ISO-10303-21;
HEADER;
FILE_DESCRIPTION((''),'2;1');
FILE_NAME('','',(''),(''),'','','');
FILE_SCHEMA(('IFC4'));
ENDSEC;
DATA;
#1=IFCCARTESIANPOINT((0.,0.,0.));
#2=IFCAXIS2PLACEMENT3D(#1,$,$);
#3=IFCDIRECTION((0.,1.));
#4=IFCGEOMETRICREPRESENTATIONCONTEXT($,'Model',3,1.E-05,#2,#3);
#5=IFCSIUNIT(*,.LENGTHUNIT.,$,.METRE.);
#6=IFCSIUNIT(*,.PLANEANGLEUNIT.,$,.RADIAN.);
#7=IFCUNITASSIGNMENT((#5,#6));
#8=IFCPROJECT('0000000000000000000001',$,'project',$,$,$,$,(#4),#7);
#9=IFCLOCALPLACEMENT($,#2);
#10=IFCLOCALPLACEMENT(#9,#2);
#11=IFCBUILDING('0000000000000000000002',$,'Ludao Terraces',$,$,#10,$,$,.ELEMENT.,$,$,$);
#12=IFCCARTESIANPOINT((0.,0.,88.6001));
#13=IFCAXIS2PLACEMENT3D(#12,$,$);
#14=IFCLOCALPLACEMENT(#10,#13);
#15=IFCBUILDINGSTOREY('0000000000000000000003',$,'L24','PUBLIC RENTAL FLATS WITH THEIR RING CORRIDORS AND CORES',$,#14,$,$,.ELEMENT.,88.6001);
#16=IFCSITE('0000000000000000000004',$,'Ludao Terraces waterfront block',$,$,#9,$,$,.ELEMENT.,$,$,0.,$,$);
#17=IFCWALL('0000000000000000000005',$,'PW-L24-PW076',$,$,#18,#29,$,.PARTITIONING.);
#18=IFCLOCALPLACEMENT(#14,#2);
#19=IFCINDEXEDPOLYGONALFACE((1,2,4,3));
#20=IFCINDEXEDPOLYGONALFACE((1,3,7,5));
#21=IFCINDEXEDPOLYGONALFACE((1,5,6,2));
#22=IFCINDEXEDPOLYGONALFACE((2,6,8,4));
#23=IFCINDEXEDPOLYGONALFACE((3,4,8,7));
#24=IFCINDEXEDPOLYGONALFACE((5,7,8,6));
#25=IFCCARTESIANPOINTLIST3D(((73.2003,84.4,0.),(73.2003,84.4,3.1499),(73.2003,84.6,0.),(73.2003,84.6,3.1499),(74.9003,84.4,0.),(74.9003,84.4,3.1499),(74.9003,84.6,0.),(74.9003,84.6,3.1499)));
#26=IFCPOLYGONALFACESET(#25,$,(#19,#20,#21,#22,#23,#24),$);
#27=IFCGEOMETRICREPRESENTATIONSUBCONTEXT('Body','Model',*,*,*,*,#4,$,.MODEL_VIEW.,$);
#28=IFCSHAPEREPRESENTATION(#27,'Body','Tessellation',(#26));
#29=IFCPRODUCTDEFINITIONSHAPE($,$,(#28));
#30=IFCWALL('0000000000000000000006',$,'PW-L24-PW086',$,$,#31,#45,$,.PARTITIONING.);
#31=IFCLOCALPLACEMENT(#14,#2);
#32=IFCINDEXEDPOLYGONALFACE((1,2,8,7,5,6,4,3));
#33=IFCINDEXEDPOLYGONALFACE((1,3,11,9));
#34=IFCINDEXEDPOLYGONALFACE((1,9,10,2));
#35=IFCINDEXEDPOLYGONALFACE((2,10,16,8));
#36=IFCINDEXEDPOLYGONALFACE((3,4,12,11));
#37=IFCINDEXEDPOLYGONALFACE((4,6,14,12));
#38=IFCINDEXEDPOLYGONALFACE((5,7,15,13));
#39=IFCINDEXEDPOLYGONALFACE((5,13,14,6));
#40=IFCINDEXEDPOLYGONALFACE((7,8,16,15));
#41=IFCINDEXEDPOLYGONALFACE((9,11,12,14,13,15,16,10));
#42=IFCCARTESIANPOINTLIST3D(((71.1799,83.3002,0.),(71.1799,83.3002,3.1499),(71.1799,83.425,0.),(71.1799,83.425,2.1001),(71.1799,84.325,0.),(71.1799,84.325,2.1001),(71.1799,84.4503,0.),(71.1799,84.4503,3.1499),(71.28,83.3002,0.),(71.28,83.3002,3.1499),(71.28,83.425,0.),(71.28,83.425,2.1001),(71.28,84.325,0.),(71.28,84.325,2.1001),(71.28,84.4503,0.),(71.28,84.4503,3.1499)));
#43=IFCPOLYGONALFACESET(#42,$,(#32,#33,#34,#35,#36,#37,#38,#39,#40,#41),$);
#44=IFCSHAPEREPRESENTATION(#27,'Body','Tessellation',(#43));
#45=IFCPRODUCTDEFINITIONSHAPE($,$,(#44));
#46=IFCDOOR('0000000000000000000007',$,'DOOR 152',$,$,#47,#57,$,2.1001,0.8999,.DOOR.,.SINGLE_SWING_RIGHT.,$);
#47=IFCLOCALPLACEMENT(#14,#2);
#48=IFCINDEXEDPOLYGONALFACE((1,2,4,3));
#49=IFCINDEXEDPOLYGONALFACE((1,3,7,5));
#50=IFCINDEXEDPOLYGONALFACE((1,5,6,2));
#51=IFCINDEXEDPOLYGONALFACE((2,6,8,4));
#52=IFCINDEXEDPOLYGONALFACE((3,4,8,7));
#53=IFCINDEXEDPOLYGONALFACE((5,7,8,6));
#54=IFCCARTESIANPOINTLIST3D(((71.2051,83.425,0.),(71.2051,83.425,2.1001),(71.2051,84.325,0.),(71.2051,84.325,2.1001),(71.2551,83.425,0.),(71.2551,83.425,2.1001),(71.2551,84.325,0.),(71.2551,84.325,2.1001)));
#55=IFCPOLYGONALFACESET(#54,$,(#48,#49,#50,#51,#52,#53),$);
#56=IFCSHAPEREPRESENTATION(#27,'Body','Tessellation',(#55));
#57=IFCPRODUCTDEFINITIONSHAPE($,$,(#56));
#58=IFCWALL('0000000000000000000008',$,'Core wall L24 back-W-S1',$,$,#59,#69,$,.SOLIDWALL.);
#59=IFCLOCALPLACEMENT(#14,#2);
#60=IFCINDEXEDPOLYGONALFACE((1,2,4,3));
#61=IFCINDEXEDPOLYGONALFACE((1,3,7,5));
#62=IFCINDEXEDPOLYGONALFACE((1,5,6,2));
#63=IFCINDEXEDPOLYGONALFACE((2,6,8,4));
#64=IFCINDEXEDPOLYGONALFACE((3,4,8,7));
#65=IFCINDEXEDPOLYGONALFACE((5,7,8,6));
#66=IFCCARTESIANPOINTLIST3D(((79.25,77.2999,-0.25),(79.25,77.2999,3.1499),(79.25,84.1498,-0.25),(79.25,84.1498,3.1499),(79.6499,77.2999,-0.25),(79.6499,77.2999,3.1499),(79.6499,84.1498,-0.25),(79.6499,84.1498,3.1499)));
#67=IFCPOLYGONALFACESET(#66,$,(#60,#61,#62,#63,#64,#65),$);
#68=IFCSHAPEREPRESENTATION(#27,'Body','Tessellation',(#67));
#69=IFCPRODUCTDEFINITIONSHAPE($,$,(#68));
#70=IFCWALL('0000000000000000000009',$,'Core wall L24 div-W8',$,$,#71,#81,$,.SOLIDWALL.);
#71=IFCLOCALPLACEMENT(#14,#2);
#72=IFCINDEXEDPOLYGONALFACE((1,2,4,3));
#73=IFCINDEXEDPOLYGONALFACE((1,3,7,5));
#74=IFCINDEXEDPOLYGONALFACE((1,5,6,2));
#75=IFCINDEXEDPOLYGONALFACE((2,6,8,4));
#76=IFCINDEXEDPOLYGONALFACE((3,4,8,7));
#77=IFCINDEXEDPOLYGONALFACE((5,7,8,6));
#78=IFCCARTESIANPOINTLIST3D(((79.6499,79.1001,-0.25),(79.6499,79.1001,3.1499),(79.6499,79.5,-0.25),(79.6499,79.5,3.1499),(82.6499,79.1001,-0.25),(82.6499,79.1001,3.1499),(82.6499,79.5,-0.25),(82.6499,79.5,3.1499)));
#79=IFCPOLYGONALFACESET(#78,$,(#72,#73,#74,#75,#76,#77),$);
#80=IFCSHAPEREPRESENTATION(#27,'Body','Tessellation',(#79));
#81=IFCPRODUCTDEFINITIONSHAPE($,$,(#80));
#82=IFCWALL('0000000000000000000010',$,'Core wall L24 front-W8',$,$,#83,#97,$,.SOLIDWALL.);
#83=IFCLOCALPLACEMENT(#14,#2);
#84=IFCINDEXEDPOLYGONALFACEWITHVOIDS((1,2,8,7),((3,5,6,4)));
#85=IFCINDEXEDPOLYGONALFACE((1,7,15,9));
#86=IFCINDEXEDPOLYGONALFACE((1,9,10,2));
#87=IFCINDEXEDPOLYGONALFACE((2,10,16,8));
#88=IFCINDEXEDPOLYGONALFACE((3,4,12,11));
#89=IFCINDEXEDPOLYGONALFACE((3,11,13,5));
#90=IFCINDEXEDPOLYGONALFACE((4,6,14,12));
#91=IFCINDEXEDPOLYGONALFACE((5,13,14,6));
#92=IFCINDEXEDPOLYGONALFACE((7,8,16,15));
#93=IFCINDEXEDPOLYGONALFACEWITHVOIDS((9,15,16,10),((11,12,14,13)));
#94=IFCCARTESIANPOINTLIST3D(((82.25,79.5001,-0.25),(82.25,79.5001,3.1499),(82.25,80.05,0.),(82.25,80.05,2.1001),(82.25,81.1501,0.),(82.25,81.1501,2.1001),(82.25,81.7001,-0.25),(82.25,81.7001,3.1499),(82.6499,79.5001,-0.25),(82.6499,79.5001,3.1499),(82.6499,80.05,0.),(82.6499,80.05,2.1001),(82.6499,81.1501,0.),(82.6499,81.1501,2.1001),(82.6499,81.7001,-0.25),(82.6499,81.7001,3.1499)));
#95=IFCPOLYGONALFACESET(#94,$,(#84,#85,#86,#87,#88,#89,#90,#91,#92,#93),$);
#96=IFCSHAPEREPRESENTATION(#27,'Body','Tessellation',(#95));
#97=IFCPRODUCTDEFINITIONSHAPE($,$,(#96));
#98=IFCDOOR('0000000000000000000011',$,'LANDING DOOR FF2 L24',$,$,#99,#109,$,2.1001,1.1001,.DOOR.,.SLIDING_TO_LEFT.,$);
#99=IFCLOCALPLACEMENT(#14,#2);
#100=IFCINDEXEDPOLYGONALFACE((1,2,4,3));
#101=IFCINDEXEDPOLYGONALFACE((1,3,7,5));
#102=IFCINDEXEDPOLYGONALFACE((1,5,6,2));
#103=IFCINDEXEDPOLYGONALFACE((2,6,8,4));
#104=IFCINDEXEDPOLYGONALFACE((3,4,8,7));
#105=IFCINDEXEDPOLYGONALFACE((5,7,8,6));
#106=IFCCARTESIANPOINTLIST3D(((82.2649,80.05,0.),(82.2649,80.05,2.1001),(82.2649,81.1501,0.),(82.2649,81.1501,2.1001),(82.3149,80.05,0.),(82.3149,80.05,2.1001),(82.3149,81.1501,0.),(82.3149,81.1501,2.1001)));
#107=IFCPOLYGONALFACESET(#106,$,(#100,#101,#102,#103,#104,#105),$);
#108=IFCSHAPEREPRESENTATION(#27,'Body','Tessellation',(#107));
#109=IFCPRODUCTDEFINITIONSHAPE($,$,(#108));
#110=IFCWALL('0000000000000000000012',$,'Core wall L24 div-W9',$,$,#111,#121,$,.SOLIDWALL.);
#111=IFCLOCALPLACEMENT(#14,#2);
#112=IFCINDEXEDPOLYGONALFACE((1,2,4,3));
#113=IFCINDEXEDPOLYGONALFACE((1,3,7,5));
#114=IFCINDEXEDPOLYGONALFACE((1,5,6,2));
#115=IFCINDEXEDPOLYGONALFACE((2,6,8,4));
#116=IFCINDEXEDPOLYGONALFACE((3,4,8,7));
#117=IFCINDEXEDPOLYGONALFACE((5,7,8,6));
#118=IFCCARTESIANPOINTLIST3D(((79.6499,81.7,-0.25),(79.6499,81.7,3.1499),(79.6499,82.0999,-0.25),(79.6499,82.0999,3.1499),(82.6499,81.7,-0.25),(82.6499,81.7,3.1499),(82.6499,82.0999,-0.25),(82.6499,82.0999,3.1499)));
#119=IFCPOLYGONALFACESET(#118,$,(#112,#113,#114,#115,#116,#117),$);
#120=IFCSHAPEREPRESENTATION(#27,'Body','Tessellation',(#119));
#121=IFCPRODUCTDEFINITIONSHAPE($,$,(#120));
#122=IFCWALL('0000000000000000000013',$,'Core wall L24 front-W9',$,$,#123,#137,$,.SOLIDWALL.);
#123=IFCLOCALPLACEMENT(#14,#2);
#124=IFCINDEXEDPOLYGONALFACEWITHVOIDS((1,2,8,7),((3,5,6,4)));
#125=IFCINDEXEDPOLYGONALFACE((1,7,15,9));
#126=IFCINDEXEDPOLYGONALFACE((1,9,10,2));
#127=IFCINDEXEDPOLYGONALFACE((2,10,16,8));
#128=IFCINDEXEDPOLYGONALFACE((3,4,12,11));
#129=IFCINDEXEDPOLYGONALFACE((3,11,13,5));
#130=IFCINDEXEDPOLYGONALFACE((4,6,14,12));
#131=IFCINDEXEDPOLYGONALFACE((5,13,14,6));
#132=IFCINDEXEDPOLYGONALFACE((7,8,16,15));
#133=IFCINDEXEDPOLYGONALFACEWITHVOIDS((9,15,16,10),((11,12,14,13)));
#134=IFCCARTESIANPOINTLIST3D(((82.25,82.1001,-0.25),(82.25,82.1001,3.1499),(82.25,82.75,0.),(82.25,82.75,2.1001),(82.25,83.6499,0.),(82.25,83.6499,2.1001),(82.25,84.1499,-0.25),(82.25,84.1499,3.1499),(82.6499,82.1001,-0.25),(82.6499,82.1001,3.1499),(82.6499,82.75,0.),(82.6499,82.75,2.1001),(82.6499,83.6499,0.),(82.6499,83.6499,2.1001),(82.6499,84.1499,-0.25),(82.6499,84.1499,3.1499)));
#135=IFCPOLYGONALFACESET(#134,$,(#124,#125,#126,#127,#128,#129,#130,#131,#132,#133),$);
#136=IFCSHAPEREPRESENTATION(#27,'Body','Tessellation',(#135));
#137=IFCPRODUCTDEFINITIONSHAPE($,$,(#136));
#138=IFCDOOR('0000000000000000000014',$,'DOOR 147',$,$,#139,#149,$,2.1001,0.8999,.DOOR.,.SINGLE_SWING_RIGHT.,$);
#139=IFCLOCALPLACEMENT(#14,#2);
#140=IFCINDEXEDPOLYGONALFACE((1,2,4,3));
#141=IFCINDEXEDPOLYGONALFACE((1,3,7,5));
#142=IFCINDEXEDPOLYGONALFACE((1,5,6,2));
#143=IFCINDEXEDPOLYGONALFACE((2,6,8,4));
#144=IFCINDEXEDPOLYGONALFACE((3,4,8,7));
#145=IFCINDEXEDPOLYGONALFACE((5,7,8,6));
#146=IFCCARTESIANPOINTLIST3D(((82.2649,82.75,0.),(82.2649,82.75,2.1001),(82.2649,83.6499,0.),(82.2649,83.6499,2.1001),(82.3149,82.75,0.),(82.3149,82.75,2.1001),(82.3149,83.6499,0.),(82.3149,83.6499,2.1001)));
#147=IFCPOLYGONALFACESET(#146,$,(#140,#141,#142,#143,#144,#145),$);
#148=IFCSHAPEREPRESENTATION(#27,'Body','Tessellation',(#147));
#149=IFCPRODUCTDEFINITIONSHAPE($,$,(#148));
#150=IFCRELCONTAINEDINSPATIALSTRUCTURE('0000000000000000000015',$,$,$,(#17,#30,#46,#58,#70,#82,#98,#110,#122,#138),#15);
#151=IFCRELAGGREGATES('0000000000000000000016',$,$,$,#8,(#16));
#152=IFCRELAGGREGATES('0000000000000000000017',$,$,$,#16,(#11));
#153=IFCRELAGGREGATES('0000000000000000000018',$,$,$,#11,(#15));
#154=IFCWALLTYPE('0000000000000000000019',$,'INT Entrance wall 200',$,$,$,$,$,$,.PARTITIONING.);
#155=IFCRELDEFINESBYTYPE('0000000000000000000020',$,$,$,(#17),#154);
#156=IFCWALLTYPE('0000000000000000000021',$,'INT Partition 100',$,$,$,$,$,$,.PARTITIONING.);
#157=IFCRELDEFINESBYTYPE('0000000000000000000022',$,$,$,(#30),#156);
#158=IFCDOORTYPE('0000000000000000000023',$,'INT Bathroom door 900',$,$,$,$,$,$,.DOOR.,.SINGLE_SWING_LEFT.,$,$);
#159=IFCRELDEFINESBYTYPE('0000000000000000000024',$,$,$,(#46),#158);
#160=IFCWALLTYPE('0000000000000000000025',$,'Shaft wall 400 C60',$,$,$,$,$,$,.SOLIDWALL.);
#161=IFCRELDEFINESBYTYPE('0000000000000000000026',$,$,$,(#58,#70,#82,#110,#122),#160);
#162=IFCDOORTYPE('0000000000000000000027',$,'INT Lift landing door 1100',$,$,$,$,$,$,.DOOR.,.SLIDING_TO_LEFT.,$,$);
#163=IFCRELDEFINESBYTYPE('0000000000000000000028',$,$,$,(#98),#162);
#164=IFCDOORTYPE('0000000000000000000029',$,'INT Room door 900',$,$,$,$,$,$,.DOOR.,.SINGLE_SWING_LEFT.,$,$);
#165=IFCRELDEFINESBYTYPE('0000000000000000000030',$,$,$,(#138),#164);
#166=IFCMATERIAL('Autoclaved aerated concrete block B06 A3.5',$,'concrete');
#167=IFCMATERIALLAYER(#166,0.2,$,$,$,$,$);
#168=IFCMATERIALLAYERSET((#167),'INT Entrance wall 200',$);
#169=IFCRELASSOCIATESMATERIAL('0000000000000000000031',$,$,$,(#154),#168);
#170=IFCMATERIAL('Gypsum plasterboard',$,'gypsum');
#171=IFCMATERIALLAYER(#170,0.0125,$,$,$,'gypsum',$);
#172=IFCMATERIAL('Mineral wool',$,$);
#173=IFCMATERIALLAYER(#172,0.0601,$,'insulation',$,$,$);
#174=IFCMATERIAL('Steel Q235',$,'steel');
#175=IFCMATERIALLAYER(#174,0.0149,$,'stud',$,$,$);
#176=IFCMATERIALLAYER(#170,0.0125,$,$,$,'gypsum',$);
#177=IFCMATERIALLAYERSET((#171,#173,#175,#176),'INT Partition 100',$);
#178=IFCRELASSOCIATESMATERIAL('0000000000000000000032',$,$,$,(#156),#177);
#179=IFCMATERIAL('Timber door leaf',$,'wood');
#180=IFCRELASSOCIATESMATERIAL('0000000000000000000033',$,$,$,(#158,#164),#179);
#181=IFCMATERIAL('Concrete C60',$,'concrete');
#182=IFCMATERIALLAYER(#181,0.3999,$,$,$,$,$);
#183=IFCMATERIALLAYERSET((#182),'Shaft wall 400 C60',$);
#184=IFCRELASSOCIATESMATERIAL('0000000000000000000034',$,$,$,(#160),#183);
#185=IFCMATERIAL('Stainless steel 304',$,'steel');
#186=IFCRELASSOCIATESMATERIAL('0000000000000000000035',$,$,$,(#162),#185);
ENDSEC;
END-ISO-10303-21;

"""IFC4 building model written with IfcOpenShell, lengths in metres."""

from ifc_helpers import new_model, si_unit, direction, frame, frame_2d, origin, place, context, subcontext, project, spatial, rectangle, extrude, material, layer, layer_set, type_object, element, fill, save


model = new_model("IFC4")

# Units and contexts
model_context = context("Model", 3, precision=1e-05, world=origin(), true_north=direction((0.0, 1.0)))
body_context = subcontext(model_context, "Body", "Model", "MODEL_VIEW")
ifc_project = project(units=[si_unit("LENGTHUNIT", "METRE"), si_unit("PLANEANGLEUNIT", "RADIAN")], contexts=[model_context])

# Site, building, storey
site_placement = place(None, origin())
site = spatial("IfcSite", under=ifc_project, at=site_placement, Name="Ludao Terraces waterfront block", CompositionType="ELEMENT", RefElevation=0.0)
building_placement = place(site_placement, origin())
building = spatial("IfcBuilding", under=site, at=building_placement, Name="Ludao Terraces", CompositionType="ELEMENT")
storey_placement = place(building_placement, frame((0.0, 0.0, 88.6001)))
storey = spatial("IfcBuildingStorey", under=building, at=storey_placement, Name="L24", Description="PUBLIC RENTAL FLATS WITH THEIR RING CORRIDORS AND CORES", CompositionType="ELEMENT", Elevation=88.6001)

# Wall
ifc_material_1 = material(Name="Autoclaved aerated concrete block B06 A3.5", Category="concrete")
ifc_layer_1 = layer(ifc_material_1, 0.2)
ifc_layer_set_1 = layer_set([ifc_layer_1], Name="INT Entrance wall 200")
wall_type_1 = type_object("IfcWallType", Name="INT Entrance wall 200", PredefinedType="PARTITIONING", material=ifc_layer_set_1)
wall_1_placement = place(storey_placement, frame((73.2002, 84.5, 0.0), z_axis=(0.0, 0.0, 1.0), x_axis=(1.0, 0.0, 0.0)))
element("IfcWall", 1, at=wall_1_placement, inside=storey, type_object=wall_type_1, Name="PW-L24-PW076", PredefinedType="PARTITIONING", context=body_context, shape_type="SweptSolid", body=[
    extrude(rectangle(XDim=1.7, YDim=0.2, at=frame_2d((0.8501, 0.0))), origin(), (0.0, 0.0, 1.0), 3.1499),
])

# Wall, opening, door
ifc_material_2 = material(Name="Gypsum plasterboard", Category="gypsum")
ifc_layer_2 = layer(ifc_material_2, 0.0125, Category="gypsum")
ifc_material_3 = material(Name="Mineral wool")
ifc_layer_3 = layer(ifc_material_3, 0.0601, Name="insulation")
ifc_material_4 = material(Name="Steel Q235", Category="steel")
ifc_layer_4 = layer(ifc_material_4, 0.0149, Name="stud")
ifc_layer_5 = layer(ifc_material_2, 0.0125, Category="gypsum")
ifc_layer_set_2 = layer_set([ifc_layer_2, ifc_layer_3, ifc_layer_4, ifc_layer_5], Name="INT Partition 100")
wall_type_2 = type_object("IfcWallType", Name="INT Partition 100", PredefinedType="PARTITIONING", material=ifc_layer_set_2)
wall_2_placement = place(storey_placement, frame((71.23, 83.3, 0.0), z_axis=(0.0, 0.0, 1.0), x_axis=(0.0, 1.0, 0.0)))
wall_2 = element("IfcWall", 2, at=wall_2_placement, inside=storey, type_object=wall_type_2, Name="PW-L24-PW086", PredefinedType="PARTITIONING", context=body_context, shape_type="SweptSolid", body=[
    extrude(rectangle(XDim=1.1501, YDim=0.1001, at=frame_2d((0.5752, 0.0))), origin(), (0.0, 0.0, 1.0), 3.1499),
])
opening_1_placement = place(wall_2_placement, frame((0.125, 0.0, 0.0)))
opening_1 = element("IfcOpeningElement", 3, at=opening_1_placement, cuts=wall_2, PredefinedType="OPENING", context=body_context, shape_type="SweptSolid", body=[
    extrude(rectangle(XDim=0.8999, YDim=2.1001, at=frame_2d((0.45, 1.05))), frame((0.0, 0.0601, 0.0), z_axis=(0.0, -1.0, 0.0), x_axis=(1.0, 0.0, 0.0)), (0.0, 0.0, 1.0), 0.1201),
])
ifc_material_5 = material(Name="Timber door leaf", Category="wood")
door_type_1 = type_object("IfcDoorType", Name="INT Bathroom door 900", OperationType="SINGLE_SWING_LEFT", PredefinedType="DOOR", material=ifc_material_5)
door_1_placement = place(opening_1_placement, origin())
door_1 = element("IfcDoor", 4, at=door_1_placement, inside=storey, type_object=door_type_1, Name="DOOR 152", OperationType="SINGLE_SWING_RIGHT", OverallHeight=2.1001, OverallWidth=0.8999, PredefinedType="DOOR", context=body_context, shape_type="SweptSolid", body=[
    extrude(rectangle(XDim=0.8999, YDim=2.1001, at=frame_2d((0.45, 1.05))), frame((0.0, 0.0249, 0.0), z_axis=(0.0, -1.0, 0.0), x_axis=(1.0, 0.0, 0.0)), (0.0, 0.0, 1.0), 0.05),
])
fill(opening_1, door_1)

# Walls
ifc_material_6 = material(Name="Concrete C60", Category="concrete")
ifc_layer_6 = layer(ifc_material_6, 0.3999)
ifc_layer_set_3 = layer_set([ifc_layer_6], Name="Shaft wall 400 C60")
wall_type_3 = type_object("IfcWallType", Name="Shaft wall 400 C60", PredefinedType="SOLIDWALL", material=ifc_layer_set_3)
wall_3_placement = place(storey_placement, frame((79.45, 77.3, -0.25), z_axis=(0.0, 0.0, 1.0), x_axis=(0.0, 1.0, 0.0)))
element("IfcWall", 5, at=wall_3_placement, inside=storey, type_object=wall_type_3, Name="Core wall L24 back-W-S1", PredefinedType="SOLIDWALL", context=body_context, shape_type="SweptSolid", body=[
    extrude(rectangle(XDim=6.8499, YDim=0.3999, at=frame_2d((3.4248, 0.0))), origin(), (0.0, 0.0, 1.0), 3.3999),
])
wall_4_placement = place(storey_placement, frame((79.6499, 79.3, -0.25), z_axis=(0.0, 0.0, 1.0), x_axis=(1.0, 0.0, 0.0)))
element("IfcWall", 6, at=wall_4_placement, inside=storey, type_object=wall_type_3, Name="Core wall L24 div-W8", PredefinedType="SOLIDWALL", context=body_context, shape_type="SweptSolid", body=[
    extrude(rectangle(XDim=3.0, YDim=0.3999, at=frame_2d((1.5, 0.0))), origin(), (0.0, 0.0, 1.0), 3.3999),
])

# Wall, opening, door
wall_5_placement = place(storey_placement, frame((82.45, 79.5, -0.25), z_axis=(0.0, 0.0, 1.0), x_axis=(0.0, 1.0, 0.0)))
wall_5 = element("IfcWall", 7, at=wall_5_placement, inside=storey, type_object=wall_type_3, Name="Core wall L24 front-W8", PredefinedType="SOLIDWALL", context=body_context, shape_type="SweptSolid", body=[
    extrude(rectangle(XDim=2.2, YDim=0.3999, at=frame_2d((1.1001, 0.0))), origin(), (0.0, 0.0, 1.0), 3.3999),
])
opening_2_placement = place(wall_5_placement, frame((0.55, 0.0, 0.25)))
opening_2 = element("IfcOpeningElement", 8, at=opening_2_placement, cuts=wall_5, PredefinedType="OPENING", context=body_context, shape_type="SweptSolid", body=[
    extrude(rectangle(XDim=1.1001, YDim=2.1001, at=frame_2d((0.55, 1.05))), frame((0.0, 0.21, 0.0), z_axis=(0.0, -1.0, 0.0), x_axis=(1.0, 0.0, 0.0)), (0.0, 0.0, 1.0), 0.4199),
])
ifc_material_7 = material(Name="Stainless steel 304", Category="steel")
door_type_2 = type_object("IfcDoorType", Name="INT Lift landing door 1100", OperationType="SLIDING_TO_LEFT", PredefinedType="DOOR", material=ifc_material_7)
door_2_placement = place(opening_2_placement, origin())
door_2 = element("IfcDoor", 9, at=door_2_placement, inside=storey, type_object=door_type_2, Name="LANDING DOOR FF2 L24", OperationType="SLIDING_TO_LEFT", OverallHeight=2.1001, OverallWidth=1.1001, PredefinedType="DOOR", context=body_context, shape_type="SweptSolid", body=[
    extrude(rectangle(XDim=1.1001, YDim=2.1001, at=frame_2d((0.55, 1.05))), frame((0.0, 0.1851, 0.0), z_axis=(0.0, -1.0, 0.0), x_axis=(1.0, 0.0, 0.0)), (0.0, 0.0, 1.0), 0.05),
])
fill(opening_2, door_2)

# Wall
wall_6_placement = place(storey_placement, frame((79.6499, 81.8999, -0.25), z_axis=(0.0, 0.0, 1.0), x_axis=(1.0, 0.0, 0.0)))
element("IfcWall", 10, at=wall_6_placement, inside=storey, type_object=wall_type_3, Name="Core wall L24 div-W9", PredefinedType="SOLIDWALL", context=body_context, shape_type="SweptSolid", body=[
    extrude(rectangle(XDim=3.0, YDim=0.3999, at=frame_2d((1.5, 0.0))), origin(), (0.0, 0.0, 1.0), 3.3999),
])

# Wall, opening, door
wall_7_placement = place(storey_placement, frame((82.45, 82.1001, -0.25), z_axis=(0.0, 0.0, 1.0), x_axis=(0.0, 1.0, 0.0)))
wall_7 = element("IfcWall", 11, at=wall_7_placement, inside=storey, type_object=wall_type_3, Name="Core wall L24 front-W9", PredefinedType="SOLIDWALL", context=body_context, shape_type="SweptSolid", body=[
    extrude(rectangle(XDim=2.0498, YDim=0.3999, at=frame_2d((1.0249, 0.0))), origin(), (0.0, 0.0, 1.0), 3.3999),
])
opening_3_placement = place(wall_7_placement, frame((0.6499, 0.0, 0.25)))
opening_3 = element("IfcOpeningElement", 12, at=opening_3_placement, cuts=wall_7, PredefinedType="OPENING", context=body_context, shape_type="SweptSolid", body=[
    extrude(rectangle(XDim=0.8999, YDim=2.1001, at=frame_2d((0.45, 1.05))), frame((0.0, 0.21, 0.0), z_axis=(0.0, -1.0, 0.0), x_axis=(1.0, 0.0, 0.0)), (0.0, 0.0, 1.0), 0.4199),
])
door_type_3 = type_object("IfcDoorType", Name="INT Room door 900", OperationType="SINGLE_SWING_LEFT", PredefinedType="DOOR", material=ifc_material_5)
door_3_placement = place(opening_3_placement, origin())
door_3 = element("IfcDoor", 13, at=door_3_placement, inside=storey, type_object=door_type_3, Name="DOOR 147", OperationType="SINGLE_SWING_RIGHT", OverallHeight=2.1001, OverallWidth=0.8999, PredefinedType="DOOR", context=body_context, shape_type="SweptSolid", body=[
    extrude(rectangle(XDim=0.8999, YDim=2.1001, at=frame_2d((0.45, 1.05))), frame((0.0, 0.1851, 0.0), z_axis=(0.0, -1.0, 0.0), x_axis=(1.0, 0.0, 0.0)), (0.0, 0.0, 1.0), 0.05),
])
fill(opening_3, door_3)

save(model, "model.ifc")
